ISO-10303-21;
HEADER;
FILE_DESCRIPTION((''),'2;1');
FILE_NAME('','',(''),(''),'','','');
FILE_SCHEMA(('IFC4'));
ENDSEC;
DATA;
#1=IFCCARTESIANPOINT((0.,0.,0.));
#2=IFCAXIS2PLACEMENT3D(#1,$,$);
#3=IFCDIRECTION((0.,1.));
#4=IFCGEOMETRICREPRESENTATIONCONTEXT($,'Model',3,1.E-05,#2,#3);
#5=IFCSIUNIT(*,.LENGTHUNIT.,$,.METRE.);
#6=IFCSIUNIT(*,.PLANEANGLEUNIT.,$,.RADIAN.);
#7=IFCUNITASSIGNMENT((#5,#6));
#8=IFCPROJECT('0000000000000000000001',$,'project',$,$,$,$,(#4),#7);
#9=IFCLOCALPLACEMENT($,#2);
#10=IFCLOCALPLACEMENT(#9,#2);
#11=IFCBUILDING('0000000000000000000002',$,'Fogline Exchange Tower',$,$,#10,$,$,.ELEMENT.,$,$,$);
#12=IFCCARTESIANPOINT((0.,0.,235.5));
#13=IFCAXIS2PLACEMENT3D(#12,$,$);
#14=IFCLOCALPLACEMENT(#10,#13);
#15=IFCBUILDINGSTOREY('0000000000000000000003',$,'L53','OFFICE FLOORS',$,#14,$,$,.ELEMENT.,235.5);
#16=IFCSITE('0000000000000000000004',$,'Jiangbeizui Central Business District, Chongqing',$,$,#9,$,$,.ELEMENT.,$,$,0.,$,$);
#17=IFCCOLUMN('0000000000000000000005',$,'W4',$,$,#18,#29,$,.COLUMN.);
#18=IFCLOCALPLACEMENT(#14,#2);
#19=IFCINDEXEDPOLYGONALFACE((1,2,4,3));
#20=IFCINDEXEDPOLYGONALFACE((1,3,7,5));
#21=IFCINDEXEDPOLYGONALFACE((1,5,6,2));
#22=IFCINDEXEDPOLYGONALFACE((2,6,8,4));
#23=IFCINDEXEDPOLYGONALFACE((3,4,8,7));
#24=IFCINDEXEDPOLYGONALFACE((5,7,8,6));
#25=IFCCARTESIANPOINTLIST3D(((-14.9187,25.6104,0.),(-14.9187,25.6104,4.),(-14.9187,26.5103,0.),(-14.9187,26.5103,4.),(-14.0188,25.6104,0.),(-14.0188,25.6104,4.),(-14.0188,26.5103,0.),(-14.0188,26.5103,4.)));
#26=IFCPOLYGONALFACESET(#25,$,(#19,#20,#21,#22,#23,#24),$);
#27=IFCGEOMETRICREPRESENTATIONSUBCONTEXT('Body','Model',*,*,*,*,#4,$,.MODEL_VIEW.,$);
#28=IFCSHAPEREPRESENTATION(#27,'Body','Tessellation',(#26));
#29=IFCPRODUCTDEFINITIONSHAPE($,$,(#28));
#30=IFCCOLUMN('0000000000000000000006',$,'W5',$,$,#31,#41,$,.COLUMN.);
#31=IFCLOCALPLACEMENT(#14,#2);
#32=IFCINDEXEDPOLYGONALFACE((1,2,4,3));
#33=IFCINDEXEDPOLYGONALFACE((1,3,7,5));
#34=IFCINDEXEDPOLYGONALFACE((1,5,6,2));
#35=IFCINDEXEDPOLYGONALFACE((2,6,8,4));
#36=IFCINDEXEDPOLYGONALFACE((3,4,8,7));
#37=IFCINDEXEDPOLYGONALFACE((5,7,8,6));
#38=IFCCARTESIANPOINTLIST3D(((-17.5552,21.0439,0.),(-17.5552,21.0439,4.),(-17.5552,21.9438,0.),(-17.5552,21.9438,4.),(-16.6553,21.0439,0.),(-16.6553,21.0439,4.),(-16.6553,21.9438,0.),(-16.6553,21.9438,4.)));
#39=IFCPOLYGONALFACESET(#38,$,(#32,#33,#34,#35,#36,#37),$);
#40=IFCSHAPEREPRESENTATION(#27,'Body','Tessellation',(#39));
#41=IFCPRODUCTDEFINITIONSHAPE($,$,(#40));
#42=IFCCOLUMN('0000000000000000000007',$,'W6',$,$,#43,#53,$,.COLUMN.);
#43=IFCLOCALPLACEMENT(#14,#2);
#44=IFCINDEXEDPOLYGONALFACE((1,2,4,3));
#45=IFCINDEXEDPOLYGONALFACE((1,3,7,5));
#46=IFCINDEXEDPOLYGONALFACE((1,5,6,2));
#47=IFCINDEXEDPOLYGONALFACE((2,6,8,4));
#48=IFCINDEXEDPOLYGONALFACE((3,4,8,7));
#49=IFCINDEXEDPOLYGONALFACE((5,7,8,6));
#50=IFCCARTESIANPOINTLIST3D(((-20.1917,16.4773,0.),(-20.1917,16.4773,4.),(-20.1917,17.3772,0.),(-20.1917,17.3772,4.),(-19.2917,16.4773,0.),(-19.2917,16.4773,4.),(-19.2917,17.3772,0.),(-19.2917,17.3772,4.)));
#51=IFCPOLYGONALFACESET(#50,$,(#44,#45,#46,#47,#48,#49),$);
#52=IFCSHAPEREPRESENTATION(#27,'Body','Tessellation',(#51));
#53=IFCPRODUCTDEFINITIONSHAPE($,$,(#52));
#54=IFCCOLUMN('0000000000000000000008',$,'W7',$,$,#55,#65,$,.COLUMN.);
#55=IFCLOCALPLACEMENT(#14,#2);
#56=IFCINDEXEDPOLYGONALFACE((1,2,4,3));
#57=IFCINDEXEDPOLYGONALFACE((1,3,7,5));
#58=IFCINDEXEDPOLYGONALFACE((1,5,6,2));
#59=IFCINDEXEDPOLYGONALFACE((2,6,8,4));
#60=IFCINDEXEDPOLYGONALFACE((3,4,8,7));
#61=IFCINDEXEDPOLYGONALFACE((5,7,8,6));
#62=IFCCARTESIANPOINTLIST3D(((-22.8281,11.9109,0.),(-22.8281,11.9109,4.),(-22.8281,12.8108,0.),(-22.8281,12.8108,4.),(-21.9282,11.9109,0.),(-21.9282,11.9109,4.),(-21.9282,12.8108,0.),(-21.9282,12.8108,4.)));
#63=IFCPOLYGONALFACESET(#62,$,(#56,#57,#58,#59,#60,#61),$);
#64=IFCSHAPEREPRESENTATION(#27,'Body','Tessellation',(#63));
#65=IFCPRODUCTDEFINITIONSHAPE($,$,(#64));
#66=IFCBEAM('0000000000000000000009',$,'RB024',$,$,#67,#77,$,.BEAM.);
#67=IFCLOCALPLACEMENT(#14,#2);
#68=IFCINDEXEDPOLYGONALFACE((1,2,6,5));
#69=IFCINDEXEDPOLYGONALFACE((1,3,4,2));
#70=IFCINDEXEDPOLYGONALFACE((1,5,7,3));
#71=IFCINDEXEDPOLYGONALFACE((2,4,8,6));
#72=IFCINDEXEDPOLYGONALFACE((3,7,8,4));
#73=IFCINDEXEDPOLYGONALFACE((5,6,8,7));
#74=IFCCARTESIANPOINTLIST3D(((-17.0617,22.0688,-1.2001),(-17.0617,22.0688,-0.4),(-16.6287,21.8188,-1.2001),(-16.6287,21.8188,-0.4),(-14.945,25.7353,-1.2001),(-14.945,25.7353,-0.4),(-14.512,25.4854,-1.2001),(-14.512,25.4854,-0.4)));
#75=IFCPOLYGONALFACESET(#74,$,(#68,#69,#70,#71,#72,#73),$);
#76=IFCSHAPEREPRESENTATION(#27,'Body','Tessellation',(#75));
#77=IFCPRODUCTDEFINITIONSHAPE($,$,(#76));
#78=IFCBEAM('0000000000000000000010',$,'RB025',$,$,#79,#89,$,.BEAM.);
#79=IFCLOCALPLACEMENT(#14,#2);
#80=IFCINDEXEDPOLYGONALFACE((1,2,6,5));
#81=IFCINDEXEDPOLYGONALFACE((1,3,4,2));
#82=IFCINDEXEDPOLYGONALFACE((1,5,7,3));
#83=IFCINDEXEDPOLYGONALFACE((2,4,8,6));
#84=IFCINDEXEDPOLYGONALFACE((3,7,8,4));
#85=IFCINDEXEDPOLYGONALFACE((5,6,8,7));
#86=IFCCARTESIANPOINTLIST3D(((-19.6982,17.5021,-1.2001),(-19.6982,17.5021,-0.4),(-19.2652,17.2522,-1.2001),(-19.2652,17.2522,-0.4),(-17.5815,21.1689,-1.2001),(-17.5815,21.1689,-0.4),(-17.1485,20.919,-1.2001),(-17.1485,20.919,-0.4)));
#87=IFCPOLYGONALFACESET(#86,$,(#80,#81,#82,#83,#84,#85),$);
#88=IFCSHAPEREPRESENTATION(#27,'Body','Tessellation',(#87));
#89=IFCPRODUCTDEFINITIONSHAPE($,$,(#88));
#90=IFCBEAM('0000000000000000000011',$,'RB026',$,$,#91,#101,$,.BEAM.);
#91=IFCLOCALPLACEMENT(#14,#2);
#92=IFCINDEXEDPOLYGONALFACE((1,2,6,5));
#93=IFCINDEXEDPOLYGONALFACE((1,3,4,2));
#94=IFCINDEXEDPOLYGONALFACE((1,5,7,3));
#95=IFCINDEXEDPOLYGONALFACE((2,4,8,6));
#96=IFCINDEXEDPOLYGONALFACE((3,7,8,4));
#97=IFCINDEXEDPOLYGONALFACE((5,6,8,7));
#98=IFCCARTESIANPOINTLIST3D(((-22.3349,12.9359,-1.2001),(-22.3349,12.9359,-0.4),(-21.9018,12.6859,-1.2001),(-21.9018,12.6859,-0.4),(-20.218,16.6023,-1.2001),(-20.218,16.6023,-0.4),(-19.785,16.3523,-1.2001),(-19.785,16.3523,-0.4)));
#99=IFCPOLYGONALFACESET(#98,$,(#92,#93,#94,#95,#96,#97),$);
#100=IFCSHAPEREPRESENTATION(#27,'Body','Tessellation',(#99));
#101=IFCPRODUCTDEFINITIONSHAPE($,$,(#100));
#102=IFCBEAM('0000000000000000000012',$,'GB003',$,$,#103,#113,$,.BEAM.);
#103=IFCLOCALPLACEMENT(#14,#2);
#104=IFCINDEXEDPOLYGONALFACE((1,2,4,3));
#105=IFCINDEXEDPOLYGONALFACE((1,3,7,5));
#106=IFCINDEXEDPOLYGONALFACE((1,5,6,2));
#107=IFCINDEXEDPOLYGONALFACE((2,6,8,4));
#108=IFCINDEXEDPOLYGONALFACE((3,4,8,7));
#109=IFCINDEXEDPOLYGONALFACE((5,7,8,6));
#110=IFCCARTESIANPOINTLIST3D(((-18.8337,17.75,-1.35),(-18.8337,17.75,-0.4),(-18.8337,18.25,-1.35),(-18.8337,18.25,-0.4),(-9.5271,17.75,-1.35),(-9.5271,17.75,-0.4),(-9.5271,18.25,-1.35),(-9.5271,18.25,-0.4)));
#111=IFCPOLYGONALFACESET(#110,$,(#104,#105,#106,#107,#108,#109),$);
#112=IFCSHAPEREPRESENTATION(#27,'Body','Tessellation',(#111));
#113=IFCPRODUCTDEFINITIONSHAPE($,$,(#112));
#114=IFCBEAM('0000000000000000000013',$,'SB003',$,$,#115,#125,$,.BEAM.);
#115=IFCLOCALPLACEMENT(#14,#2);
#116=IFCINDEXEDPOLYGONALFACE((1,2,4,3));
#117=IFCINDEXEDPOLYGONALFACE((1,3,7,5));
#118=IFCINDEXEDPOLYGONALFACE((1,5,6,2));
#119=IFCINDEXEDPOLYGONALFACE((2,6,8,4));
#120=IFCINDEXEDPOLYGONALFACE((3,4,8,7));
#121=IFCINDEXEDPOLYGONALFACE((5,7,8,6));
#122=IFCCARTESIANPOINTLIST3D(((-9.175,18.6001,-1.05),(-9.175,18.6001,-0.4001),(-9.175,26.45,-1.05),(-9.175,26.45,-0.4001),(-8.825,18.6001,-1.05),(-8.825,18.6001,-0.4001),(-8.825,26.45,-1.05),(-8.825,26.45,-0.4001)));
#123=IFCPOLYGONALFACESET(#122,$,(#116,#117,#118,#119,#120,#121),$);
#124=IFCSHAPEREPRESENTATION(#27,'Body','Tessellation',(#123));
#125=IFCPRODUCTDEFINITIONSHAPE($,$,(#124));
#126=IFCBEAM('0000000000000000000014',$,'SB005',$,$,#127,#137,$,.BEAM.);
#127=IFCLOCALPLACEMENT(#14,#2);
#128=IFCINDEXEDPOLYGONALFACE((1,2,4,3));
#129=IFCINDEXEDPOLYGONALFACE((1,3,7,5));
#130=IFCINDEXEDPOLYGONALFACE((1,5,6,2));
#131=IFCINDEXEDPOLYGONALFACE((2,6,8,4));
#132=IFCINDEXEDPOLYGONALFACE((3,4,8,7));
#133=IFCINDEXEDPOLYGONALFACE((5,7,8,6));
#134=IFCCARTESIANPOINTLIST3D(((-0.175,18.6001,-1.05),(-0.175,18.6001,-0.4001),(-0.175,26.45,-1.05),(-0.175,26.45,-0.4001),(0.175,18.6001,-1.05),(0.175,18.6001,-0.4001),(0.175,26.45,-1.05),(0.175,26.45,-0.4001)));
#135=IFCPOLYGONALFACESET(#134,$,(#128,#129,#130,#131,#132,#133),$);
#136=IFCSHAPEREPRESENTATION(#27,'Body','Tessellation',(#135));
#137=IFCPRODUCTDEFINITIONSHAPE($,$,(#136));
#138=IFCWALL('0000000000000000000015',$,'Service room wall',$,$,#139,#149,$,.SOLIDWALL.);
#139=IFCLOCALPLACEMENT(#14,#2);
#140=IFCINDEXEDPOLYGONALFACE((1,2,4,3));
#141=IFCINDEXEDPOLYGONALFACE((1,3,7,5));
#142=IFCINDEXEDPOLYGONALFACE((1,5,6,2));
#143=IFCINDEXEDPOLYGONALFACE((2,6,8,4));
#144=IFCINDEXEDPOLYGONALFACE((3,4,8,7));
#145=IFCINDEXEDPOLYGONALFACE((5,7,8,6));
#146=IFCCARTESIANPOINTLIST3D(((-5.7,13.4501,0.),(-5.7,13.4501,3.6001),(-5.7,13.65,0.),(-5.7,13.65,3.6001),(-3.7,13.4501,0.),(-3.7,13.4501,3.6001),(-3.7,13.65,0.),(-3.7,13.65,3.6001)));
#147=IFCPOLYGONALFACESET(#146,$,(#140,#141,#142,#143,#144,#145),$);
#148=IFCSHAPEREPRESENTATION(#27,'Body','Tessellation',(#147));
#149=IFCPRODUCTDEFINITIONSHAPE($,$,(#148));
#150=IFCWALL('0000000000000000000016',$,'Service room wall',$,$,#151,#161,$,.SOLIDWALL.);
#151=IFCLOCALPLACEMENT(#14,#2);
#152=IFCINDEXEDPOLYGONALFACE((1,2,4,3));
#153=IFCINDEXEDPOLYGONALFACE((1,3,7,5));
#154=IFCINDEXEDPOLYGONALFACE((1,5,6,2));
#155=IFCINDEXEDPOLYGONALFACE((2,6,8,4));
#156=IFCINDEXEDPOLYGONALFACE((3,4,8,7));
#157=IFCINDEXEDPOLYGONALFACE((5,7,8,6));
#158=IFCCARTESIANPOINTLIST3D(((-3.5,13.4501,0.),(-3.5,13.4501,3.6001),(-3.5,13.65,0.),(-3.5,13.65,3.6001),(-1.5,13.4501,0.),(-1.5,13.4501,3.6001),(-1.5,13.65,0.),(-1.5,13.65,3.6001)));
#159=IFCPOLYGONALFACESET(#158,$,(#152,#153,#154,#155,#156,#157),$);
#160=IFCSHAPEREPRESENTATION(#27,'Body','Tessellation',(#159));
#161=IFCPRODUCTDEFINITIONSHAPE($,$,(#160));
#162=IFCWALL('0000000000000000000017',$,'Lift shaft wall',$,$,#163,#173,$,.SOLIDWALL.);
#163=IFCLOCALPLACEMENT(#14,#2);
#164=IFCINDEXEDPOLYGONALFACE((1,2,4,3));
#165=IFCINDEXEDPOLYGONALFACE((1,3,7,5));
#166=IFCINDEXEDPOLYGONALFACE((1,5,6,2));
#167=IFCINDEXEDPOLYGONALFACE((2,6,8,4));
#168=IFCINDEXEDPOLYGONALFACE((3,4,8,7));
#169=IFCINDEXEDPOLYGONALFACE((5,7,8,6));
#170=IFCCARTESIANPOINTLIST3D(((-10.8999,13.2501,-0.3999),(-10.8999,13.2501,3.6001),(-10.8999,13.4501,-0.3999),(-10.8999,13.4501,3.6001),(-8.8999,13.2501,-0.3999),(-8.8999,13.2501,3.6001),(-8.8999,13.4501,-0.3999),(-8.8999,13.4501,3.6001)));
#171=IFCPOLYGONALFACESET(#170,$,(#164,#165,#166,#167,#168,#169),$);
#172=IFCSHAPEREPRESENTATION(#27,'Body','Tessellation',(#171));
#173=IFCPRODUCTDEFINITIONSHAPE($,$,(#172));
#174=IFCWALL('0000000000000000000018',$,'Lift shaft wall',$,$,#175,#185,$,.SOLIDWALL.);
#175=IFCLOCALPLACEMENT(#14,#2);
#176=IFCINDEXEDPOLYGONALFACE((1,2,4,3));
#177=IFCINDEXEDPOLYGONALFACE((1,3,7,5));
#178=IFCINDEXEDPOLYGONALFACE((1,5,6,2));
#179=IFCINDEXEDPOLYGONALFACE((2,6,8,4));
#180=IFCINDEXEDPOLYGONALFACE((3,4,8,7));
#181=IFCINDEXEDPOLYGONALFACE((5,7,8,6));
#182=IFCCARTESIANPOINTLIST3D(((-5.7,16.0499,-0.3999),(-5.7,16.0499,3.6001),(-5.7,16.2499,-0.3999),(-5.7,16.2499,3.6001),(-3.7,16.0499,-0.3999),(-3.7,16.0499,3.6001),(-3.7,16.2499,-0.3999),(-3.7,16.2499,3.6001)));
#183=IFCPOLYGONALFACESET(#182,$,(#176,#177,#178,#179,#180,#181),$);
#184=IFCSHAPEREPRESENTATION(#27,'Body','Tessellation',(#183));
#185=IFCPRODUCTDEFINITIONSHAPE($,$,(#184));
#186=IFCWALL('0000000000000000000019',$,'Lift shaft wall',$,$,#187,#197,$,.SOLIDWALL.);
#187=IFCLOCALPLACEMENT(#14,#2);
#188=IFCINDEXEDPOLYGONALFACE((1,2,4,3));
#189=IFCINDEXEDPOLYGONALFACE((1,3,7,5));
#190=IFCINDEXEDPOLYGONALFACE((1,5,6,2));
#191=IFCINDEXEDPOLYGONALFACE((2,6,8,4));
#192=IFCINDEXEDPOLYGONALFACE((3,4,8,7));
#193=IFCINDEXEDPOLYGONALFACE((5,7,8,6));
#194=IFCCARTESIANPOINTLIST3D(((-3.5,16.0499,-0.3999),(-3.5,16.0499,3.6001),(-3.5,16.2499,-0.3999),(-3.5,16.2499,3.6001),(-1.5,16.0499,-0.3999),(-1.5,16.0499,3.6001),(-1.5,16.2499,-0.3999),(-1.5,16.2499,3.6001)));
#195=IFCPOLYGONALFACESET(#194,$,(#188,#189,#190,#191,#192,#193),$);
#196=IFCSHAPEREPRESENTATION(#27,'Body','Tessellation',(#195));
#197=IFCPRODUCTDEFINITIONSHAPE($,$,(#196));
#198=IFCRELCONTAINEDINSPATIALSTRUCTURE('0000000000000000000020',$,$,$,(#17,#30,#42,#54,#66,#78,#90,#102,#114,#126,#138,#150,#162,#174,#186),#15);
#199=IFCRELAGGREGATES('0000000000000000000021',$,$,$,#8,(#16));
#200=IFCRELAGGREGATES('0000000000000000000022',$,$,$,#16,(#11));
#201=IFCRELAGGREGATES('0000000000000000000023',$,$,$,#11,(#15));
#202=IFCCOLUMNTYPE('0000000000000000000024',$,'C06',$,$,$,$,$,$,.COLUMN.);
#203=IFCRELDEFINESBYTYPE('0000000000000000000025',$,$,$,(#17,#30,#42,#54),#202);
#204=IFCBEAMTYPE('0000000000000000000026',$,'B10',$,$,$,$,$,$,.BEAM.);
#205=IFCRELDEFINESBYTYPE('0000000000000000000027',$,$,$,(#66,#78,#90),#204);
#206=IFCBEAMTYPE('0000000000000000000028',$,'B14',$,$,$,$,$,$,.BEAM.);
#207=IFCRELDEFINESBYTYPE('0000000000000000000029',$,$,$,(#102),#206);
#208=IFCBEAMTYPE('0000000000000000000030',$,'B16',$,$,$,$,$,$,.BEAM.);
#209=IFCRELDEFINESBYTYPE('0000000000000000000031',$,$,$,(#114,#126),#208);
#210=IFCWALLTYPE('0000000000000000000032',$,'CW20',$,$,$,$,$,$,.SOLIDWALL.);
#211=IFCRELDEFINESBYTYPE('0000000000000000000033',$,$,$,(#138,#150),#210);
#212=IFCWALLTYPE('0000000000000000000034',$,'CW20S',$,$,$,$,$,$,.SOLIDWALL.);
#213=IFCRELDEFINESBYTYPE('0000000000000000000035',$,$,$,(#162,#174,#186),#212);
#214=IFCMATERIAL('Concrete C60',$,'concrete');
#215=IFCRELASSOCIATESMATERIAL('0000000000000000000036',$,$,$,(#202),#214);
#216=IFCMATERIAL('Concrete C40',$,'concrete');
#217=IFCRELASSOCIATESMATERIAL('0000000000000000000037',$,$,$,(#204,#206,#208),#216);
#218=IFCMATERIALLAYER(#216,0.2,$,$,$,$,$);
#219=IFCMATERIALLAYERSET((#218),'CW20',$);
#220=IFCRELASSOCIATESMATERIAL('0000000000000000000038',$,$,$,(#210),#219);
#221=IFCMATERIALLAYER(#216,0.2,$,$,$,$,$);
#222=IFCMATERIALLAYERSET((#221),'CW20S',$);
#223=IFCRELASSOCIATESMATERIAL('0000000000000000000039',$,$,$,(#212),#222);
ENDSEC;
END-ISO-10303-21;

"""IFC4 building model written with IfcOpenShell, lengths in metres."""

from ifc_helpers import new_model, si_unit, direction, frame, frame_2d, origin, origin_2d, place, context, subcontext, project, spatial, rectangle, extrude, material, layer, layer_set, material_profile, profile_set, type_object, element, save


model = new_model("IFC4")

# Units and contexts
model_context = context("Model", 3, precision=1e-05, world=origin(), true_north=direction((0.0, 1.0)))
body_context = subcontext(model_context, "Body", "Model", "MODEL_VIEW")
ifc_project = project(units=[si_unit("LENGTHUNIT", "METRE"), si_unit("PLANEANGLEUNIT", "RADIAN")], contexts=[model_context])

# Site, building, storey
site_placement = place(None, origin())
site = spatial("IfcSite", under=ifc_project, at=site_placement, Name="Jiangbeizui Central Business District, Chongqing", CompositionType="ELEMENT", RefElevation=0.0)
building_placement = place(site_placement, origin())
building = spatial("IfcBuilding", under=site, at=building_placement, Name="Fogline Exchange Tower", CompositionType="ELEMENT")
storey_placement = place(building_placement, frame((0.0, 0.0, 235.5)))
storey = spatial("IfcBuildingStorey", under=building, at=storey_placement, Name="L53", Description="OFFICE FLOORS", CompositionType="ELEMENT", Elevation=235.5)

# Columns
ifc_material_1 = material(Name="Concrete C60", Category="concrete")
ifc_material_profile_1 = material_profile(ifc_material_1, rectangle(XDim=0.8999, YDim=0.8999, at=origin_2d()), Name="RC 900x900")
ifc_profile_set_1 = profile_set([ifc_material_profile_1], Name="Concrete C60")
column_type = type_object("IfcColumnType", Name="C06", PredefinedType="COLUMN", material=ifc_profile_set_1)
for number, where, z_axis, x_axis, name in (
    (1, (-14.4688, 26.0603, 0.0), (0.0, 0.0, 1.0), (1.0, 0.0, 0.0), "W4"),
    (2, (-17.1052, 21.4939, 0.0), (0.0, 0.0, 1.0), (1.0, 0.0, 0.0), "W5"),
    (3, (-19.7417, 16.9272, 0.0), (0.0, 0.0, 1.0), (1.0, 0.0, 0.0), "W6"),
    (4, (-22.3782, 12.3608, 0.0), (0.0, 0.0, 1.0), (1.0, 0.0, 0.0), "W7"),
):
    element("IfcColumn", number, at=place(storey_placement, frame(where, z_axis=z_axis, x_axis=x_axis)), inside=storey, type_object=column_type, Name=name, PredefinedType="COLUMN", context=body_context, shape_type="SweptSolid", body=[
        extrude(rectangle(XDim=0.8999, YDim=0.8999, at=origin_2d()), origin(), (0.0, 0.0, 1.0), 4.0),
    ])

# Beams
ifc_material_2 = material(Name="Concrete C40", Category="concrete")
ifc_material_profile_2 = material_profile(ifc_material_2, rectangle(XDim=0.5, YDim=0.8, at=origin_2d()), Name="RC 500x800")
ifc_profile_set_2 = profile_set([ifc_material_profile_2], Name="Concrete C40")
beam_type_1 = type_object("IfcBeamType", Name="B10", PredefinedType="BEAM", material=ifc_profile_set_2)
beam_1_placement = place(storey_placement, frame((-14.7285, 25.6104, -0.8), z_axis=(-0.499972, -0.866042, 0.0), x_axis=(0.866042, -0.499972, 0.0)))
element("IfcBeam", 5, at=beam_1_placement, inside=storey, type_object=beam_type_1, Name="RB024", PredefinedType="BEAM", context=body_context, shape_type="SweptSolid", body=[
    extrude(rectangle(XDim=0.5, YDim=0.8, at=origin_2d()), origin(), (0.0, 0.0, 1.0), 4.2336),
])
beam_2_placement = place(storey_placement, frame((-17.365, 21.0439, -0.8), z_axis=(-0.499947, -0.866056, 0.0), x_axis=(0.866056, -0.499947, 0.0)))
element("IfcBeam", 6, at=beam_2_placement, inside=storey, type_object=beam_type_1, Name="RB025", PredefinedType="BEAM", context=body_context, shape_type="SweptSolid", body=[
    extrude(rectangle(XDim=0.5, YDim=0.8, at=origin_2d()), origin(), (0.0, 0.0, 1.0), 4.2339),
])
beam_3_placement = place(storey_placement, frame((-20.0015, 16.4773, -0.8), z_axis=(-0.500015, -0.866017, 0.0), x_axis=(0.866017, -0.500015, 0.0)))
element("IfcBeam", 7, at=beam_3_placement, inside=storey, type_object=beam_type_1, Name="RB026", PredefinedType="BEAM", context=body_context, shape_type="SweptSolid", body=[
    extrude(rectangle(XDim=0.5, YDim=0.8, at=origin_2d()), origin(), (0.0, 0.0, 1.0), 4.2336),
])
ifc_material_profile_3 = material_profile(ifc_material_2, rectangle(XDim=0.5, YDim=0.95, at=origin_2d()), Name="RC 500x950")
ifc_profile_set_3 = profile_set([ifc_material_profile_3], Name="Concrete C40")
beam_type_2 = type_object("IfcBeamType", Name="B14", PredefinedType="BEAM", material=ifc_profile_set_3)
beam_4_placement = place(storey_placement, frame((-18.8337, 18.0, -0.875), z_axis=(1.0, 0.0, 0.0), x_axis=(0.0, 1.0, 0.0)))
element("IfcBeam", 8, at=beam_4_placement, inside=storey, type_object=beam_type_2, Name="GB003", PredefinedType="BEAM", context=body_context, shape_type="SweptSolid", body=[
    extrude(rectangle(XDim=0.5, YDim=0.95, at=origin_2d()), origin(), (0.0, 0.0, 1.0), 9.3066),
])
ifc_material_profile_4 = material_profile(ifc_material_2, rectangle(XDim=0.3501, YDim=0.6499, at=origin_2d()), Name="RC 350x650")
ifc_profile_set_4 = profile_set([ifc_material_profile_4], Name="Concrete C40")
beam_type_3 = type_object("IfcBeamType", Name="B16", PredefinedType="BEAM", material=ifc_profile_set_4)
for number, where, z_axis, x_axis, name in (
    (9, (-9.0, 18.6001, -0.7251), (0.0, 1.0, 0.0), (-1.0, 0.0, 0.0), "SB003"),
    (10, (0.0, 18.6001, -0.7251), (0.0, 1.0, 0.0), (-1.0, 0.0, 0.0), "SB005"),
):
    element("IfcBeam", number, at=place(storey_placement, frame(where, z_axis=z_axis, x_axis=x_axis)), inside=storey, type_object=beam_type_3, Name=name, PredefinedType="BEAM", context=body_context, shape_type="SweptSolid", body=[
        extrude(rectangle(XDim=0.3501, YDim=0.6499, at=origin_2d()), origin(), (0.0, 0.0, 1.0), 7.8499),
    ])

# Walls
ifc_layer_1 = layer(ifc_material_2, 0.2)
ifc_layer_set_1 = layer_set([ifc_layer_1], Name="CW20")
wall_type_1 = type_object("IfcWallType", Name="CW20", PredefinedType="SOLIDWALL", material=ifc_layer_set_1)
for number, where, z_axis, x_axis, name in (
    (11, (-5.7, 13.55, 0.0), (0.0, 0.0, 1.0), (1.0, 0.0, 0.0), "Service room wall"),
    (12, (-3.5, 13.55, 0.0), (0.0, 0.0, 1.0), (1.0, 0.0, 0.0), "Service room wall"),
):
    element("IfcWall", number, at=place(storey_placement, frame(where, z_axis=z_axis, x_axis=x_axis)), inside=storey, type_object=wall_type_1, Name=name, PredefinedType="SOLIDWALL", context=body_context, shape_type="SweptSolid", body=[
        extrude(rectangle(XDim=2.0, YDim=0.2, at=frame_2d((1.0, 0.0))), origin(), (0.0, 0.0, 1.0), 3.6001),
    ])
ifc_layer_2 = layer(ifc_material_2, 0.2)
ifc_layer_set_2 = layer_set([ifc_layer_2], Name="CW20S")
wall_type_2 = type_object("IfcWallType", Name="CW20S", PredefinedType="SOLIDWALL", material=ifc_layer_set_2)
for number, where, z_axis, x_axis, name in (
    (13, (-10.8999, 13.3501, -0.3999), (0.0, 0.0, 1.0), (1.0, 0.0, 0.0), "Lift shaft wall"),
    (14, (-5.7, 16.1499, -0.3999), (0.0, 0.0, 1.0), (1.0, 0.0, 0.0), "Lift shaft wall"),
    (15, (-3.5, 16.1499, -0.3999), (0.0, 0.0, 1.0), (1.0, 0.0, 0.0), "Lift shaft wall"),
):
    element("IfcWall", number, at=place(storey_placement, frame(where, z_axis=z_axis, x_axis=x_axis)), inside=storey, type_object=wall_type_2, Name=name, PredefinedType="SOLIDWALL", context=body_context, shape_type="SweptSolid", body=[
        extrude(rectangle(XDim=2.0, YDim=0.2, at=frame_2d((1.0, 0.0))), origin(), (0.0, 0.0, 1.0), 4.0),
    ])

save(model, "model.ifc")
